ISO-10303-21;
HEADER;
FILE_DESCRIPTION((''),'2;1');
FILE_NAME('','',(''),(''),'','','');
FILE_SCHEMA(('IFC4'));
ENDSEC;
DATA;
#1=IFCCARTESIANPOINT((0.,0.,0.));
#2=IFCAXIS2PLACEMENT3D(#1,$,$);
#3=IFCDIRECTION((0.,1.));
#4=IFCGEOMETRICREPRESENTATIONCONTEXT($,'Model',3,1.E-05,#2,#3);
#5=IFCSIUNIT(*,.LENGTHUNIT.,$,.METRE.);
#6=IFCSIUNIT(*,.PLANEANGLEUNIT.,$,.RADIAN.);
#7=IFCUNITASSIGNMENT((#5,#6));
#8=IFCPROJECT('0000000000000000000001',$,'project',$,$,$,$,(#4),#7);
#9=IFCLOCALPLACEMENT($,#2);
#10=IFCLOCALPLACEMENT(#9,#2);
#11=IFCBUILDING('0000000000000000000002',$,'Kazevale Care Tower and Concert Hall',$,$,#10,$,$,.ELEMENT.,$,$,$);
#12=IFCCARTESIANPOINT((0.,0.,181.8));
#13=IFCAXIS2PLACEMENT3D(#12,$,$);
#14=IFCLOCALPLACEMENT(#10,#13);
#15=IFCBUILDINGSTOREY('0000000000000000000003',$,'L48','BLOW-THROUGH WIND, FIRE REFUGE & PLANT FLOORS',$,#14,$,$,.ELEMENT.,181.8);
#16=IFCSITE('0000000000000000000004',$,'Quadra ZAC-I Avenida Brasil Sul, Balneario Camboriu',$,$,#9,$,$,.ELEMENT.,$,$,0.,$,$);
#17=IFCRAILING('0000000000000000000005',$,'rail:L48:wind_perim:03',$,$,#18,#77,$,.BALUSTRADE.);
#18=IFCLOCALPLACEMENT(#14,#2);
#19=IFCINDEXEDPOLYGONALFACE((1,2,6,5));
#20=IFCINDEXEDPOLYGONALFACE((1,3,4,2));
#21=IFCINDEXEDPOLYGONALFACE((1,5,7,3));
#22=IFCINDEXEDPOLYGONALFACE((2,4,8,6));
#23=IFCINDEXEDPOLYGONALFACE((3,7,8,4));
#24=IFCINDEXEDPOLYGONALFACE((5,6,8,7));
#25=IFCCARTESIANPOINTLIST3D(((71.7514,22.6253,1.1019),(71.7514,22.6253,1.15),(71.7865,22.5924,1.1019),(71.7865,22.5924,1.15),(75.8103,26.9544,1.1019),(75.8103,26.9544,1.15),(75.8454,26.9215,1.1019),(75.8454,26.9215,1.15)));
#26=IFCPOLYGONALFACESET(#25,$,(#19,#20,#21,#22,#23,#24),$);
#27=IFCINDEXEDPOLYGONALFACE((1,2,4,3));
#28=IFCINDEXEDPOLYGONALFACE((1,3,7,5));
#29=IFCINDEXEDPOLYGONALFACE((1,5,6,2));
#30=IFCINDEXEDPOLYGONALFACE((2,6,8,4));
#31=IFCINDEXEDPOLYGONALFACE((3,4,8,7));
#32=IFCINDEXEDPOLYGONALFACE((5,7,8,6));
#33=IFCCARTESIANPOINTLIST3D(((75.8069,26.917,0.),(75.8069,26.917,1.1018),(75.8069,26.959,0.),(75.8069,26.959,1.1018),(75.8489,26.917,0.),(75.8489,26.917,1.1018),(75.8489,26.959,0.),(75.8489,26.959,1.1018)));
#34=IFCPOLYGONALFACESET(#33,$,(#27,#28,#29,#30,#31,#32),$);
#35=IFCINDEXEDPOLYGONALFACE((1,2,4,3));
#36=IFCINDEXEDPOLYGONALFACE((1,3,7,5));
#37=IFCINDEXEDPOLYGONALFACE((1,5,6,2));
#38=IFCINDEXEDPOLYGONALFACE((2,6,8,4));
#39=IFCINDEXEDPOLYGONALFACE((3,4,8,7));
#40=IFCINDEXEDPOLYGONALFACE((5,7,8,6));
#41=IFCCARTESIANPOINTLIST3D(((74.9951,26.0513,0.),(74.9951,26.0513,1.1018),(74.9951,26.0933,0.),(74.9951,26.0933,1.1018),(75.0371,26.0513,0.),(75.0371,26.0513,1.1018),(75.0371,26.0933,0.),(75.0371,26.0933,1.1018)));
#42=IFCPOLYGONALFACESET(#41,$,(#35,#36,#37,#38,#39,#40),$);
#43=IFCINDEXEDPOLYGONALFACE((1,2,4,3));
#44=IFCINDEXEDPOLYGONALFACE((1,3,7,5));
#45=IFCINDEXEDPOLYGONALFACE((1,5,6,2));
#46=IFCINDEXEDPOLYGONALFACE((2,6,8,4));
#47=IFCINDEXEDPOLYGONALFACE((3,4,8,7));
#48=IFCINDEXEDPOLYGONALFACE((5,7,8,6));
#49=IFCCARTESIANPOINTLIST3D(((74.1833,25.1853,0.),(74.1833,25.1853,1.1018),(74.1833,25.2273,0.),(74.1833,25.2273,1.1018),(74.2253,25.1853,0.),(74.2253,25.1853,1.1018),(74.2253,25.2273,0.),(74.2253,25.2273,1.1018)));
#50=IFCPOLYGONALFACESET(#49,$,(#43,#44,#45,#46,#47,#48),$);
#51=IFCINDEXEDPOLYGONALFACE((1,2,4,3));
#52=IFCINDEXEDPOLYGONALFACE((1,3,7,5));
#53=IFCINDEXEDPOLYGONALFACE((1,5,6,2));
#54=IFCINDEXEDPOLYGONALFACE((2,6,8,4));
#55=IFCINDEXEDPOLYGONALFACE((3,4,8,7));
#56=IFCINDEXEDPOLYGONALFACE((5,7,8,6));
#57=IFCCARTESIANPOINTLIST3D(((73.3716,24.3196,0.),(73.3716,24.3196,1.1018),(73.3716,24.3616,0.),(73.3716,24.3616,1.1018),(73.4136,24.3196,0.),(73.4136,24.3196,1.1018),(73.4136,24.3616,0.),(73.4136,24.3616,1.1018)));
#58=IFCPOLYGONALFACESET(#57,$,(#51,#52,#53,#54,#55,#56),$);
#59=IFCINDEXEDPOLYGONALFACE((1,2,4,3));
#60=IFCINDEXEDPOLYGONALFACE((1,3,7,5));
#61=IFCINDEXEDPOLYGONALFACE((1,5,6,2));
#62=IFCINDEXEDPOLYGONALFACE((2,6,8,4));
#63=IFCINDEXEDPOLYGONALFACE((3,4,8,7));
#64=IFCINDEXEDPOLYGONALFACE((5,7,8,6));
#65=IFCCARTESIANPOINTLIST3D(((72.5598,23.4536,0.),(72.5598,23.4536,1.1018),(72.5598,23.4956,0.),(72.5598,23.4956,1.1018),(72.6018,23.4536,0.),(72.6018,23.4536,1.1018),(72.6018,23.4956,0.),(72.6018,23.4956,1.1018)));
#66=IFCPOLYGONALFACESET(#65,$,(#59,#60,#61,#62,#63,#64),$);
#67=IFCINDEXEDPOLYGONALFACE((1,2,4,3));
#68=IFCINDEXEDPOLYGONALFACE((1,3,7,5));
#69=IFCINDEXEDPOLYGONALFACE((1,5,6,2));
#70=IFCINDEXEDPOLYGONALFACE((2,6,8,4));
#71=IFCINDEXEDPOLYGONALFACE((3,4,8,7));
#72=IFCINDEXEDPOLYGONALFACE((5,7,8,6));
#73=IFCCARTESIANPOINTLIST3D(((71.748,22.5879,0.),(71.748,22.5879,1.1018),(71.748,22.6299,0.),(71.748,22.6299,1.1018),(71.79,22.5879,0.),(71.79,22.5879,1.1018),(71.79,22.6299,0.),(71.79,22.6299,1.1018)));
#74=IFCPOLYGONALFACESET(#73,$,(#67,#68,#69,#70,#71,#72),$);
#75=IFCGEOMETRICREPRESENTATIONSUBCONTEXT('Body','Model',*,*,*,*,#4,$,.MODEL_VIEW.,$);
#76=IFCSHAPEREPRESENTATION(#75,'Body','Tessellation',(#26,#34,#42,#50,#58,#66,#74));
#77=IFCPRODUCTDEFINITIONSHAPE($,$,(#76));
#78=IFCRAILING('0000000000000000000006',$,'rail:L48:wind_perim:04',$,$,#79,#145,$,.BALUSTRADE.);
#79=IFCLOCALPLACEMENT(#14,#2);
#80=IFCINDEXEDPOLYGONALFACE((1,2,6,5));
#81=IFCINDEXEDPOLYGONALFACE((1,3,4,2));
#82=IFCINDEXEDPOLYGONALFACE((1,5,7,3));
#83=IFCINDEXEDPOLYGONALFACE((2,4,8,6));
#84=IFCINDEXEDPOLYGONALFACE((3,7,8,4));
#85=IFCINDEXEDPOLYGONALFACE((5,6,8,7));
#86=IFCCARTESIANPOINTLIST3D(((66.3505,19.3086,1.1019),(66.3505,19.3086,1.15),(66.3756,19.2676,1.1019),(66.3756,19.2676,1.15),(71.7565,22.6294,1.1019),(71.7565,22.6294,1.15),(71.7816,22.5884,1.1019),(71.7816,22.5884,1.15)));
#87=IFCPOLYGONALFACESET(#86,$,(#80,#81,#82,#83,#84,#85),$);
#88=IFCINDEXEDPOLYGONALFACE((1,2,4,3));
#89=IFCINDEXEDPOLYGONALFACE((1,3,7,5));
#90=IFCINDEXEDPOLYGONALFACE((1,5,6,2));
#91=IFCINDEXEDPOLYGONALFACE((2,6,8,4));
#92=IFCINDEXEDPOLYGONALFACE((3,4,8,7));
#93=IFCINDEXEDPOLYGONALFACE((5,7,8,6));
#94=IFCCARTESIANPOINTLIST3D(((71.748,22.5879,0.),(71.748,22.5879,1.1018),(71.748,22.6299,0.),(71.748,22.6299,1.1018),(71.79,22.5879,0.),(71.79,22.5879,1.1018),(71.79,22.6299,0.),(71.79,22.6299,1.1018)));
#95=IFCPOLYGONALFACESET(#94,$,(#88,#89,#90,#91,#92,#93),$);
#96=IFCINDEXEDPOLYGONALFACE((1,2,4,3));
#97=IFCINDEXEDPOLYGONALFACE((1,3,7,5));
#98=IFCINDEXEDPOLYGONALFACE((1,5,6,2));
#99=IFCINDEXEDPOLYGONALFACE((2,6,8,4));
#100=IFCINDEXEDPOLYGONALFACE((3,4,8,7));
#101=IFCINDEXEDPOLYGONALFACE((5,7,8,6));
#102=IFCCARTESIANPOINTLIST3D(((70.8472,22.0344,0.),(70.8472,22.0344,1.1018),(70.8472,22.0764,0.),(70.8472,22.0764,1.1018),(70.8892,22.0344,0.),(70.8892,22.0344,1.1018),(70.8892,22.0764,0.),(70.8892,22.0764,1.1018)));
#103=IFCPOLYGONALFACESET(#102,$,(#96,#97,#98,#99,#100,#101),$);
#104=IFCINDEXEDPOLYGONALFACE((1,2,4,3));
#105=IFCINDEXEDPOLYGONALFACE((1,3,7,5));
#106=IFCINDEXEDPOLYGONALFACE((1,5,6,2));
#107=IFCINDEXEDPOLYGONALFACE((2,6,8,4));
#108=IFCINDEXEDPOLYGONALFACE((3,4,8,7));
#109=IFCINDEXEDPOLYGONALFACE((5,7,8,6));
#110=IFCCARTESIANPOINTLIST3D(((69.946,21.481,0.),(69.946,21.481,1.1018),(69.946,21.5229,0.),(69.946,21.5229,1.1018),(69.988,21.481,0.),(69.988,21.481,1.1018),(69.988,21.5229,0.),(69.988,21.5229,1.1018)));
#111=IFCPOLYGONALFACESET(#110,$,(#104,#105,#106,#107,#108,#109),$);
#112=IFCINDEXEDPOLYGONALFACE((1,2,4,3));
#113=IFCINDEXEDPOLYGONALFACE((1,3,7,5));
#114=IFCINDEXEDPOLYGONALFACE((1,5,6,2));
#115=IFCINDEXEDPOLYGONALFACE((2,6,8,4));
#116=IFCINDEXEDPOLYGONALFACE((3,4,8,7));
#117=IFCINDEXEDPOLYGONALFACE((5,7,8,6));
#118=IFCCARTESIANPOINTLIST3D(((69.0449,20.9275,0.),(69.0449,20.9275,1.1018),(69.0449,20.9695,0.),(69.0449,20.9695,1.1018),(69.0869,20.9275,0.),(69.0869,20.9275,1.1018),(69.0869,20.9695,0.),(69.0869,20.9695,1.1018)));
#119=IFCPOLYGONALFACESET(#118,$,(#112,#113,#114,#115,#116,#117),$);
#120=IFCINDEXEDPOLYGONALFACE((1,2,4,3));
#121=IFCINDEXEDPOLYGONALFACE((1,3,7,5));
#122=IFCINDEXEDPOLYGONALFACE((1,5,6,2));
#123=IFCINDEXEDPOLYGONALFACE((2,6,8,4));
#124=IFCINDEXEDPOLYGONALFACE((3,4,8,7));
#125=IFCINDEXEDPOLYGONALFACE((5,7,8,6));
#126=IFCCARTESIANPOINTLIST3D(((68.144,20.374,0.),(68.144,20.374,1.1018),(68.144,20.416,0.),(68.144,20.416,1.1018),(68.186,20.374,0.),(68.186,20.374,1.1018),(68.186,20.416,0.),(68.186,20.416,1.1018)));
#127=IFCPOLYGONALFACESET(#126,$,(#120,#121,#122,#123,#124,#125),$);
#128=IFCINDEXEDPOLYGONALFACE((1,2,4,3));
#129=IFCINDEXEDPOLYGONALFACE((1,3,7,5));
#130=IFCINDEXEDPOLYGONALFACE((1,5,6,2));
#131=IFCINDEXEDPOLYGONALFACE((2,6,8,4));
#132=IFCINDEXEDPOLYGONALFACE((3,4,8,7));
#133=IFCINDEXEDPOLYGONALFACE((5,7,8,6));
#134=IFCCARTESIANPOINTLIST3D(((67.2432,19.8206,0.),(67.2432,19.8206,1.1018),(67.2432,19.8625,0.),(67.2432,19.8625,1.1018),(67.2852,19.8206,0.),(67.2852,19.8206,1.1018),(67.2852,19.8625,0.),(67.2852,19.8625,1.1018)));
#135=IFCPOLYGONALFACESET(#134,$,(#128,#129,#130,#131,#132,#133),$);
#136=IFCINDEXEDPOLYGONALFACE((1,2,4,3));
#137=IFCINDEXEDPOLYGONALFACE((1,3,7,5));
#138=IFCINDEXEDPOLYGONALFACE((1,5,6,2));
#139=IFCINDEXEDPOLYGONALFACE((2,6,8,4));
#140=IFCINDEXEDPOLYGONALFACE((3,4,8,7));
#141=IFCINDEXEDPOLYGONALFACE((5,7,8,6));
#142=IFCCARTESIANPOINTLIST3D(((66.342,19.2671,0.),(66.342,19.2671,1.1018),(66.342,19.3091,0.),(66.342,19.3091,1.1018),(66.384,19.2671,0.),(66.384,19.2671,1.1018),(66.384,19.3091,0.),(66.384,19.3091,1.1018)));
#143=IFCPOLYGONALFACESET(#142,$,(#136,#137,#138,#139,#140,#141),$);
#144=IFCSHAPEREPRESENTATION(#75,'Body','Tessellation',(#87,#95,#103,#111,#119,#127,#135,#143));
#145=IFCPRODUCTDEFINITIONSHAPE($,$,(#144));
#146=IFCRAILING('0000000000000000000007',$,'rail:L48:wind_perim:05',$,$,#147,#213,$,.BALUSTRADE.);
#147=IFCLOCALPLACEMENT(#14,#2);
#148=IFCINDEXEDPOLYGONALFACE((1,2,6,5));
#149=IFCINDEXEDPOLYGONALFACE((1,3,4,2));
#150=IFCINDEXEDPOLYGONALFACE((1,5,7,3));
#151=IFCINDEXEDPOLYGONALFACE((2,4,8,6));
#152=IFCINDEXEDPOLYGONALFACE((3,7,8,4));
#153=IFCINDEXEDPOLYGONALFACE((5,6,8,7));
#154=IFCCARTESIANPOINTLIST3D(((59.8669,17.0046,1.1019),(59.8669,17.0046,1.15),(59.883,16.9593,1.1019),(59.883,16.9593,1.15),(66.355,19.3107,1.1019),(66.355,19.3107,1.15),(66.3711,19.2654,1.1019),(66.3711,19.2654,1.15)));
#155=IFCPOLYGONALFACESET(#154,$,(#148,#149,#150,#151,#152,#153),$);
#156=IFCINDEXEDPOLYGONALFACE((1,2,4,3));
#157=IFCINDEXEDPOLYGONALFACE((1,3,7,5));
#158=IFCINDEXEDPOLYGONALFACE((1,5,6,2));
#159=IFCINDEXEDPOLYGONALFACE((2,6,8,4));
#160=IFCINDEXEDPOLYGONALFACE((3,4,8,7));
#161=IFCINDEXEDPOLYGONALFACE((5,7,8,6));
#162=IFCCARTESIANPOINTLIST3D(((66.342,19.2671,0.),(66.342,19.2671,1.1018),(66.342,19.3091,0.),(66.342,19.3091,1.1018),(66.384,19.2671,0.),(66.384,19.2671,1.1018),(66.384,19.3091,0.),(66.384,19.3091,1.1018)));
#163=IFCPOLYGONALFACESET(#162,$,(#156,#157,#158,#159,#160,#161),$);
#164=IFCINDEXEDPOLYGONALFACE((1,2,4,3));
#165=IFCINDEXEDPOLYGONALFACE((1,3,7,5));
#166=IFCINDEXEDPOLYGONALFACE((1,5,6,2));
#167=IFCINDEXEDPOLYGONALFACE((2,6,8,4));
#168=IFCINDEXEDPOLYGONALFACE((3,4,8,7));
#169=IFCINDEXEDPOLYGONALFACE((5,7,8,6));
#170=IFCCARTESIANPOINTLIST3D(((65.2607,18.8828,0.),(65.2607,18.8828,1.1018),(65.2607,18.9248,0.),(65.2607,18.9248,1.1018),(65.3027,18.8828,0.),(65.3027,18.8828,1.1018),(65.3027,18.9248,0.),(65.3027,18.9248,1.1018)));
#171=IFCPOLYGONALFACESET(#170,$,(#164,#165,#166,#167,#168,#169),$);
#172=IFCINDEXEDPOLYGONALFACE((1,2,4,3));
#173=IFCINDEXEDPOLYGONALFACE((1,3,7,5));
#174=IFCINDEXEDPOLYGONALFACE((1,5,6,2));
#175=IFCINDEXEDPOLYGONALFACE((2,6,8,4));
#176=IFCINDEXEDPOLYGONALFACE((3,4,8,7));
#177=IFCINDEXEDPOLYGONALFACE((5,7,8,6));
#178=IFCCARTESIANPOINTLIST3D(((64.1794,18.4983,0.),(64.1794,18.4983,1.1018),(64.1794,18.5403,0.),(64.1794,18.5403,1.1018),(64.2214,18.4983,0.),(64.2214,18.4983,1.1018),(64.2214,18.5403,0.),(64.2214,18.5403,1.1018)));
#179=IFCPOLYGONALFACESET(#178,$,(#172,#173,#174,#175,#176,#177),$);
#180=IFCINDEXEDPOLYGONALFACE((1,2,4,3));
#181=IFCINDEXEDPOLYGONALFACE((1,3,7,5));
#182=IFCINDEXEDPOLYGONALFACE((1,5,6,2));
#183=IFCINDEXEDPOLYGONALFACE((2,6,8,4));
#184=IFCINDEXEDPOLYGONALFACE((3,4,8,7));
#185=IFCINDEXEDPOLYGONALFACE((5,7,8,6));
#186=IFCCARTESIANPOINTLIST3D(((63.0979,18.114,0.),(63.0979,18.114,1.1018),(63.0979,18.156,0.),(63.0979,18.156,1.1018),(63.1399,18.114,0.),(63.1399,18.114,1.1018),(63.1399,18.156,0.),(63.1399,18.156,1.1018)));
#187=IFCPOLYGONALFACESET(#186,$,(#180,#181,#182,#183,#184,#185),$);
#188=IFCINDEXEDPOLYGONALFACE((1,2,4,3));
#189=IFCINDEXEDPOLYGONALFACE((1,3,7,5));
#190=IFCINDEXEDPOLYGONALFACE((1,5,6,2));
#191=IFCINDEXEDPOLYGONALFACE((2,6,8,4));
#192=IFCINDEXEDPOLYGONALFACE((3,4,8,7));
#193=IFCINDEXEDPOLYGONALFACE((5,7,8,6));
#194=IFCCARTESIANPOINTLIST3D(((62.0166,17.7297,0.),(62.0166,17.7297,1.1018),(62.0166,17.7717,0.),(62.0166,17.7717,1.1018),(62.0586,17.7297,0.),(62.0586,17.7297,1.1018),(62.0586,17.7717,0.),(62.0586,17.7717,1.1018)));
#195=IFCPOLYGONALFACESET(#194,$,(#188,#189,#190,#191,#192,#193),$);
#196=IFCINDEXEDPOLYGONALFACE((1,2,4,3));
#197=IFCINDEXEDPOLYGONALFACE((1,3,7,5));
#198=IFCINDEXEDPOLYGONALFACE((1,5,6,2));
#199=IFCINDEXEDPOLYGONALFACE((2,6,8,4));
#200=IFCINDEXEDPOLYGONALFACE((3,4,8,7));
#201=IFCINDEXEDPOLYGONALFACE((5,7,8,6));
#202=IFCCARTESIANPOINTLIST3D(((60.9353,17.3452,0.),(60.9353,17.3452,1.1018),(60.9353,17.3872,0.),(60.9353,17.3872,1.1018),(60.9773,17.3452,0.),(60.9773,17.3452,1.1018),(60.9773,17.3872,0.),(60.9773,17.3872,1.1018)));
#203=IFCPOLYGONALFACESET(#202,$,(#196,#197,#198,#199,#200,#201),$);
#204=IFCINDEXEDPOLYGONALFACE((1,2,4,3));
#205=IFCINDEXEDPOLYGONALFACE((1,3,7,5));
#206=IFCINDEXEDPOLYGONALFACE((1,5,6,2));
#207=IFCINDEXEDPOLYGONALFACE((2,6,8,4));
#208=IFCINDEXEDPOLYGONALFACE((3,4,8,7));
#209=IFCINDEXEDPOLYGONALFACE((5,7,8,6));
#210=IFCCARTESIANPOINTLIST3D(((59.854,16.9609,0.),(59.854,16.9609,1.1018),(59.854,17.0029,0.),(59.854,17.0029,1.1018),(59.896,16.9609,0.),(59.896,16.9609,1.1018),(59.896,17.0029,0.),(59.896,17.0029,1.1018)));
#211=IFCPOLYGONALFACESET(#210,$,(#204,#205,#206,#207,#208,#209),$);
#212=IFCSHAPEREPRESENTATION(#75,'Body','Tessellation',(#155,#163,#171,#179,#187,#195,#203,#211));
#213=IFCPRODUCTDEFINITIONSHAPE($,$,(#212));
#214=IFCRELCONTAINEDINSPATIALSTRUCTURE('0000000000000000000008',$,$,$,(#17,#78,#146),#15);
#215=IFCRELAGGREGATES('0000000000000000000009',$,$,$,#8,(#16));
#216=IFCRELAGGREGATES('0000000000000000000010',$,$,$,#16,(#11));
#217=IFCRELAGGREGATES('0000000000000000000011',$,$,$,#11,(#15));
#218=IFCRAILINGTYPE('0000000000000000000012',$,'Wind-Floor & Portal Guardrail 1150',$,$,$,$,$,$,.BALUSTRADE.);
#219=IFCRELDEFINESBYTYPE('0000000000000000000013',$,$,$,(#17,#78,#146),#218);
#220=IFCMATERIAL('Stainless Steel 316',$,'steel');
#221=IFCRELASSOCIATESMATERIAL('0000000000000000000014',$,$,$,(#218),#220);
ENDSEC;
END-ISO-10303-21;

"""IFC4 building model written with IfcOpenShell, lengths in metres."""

from ifc_helpers import new_model, si_unit, direction, frame, origin, origin_2d, place, context, subcontext, project, spatial, rectangle, extrude, material, type_object, element, save


model = new_model("IFC4")

# Units and contexts
model_context = context("Model", 3, precision=1e-05, world=origin(), true_north=direction((0.0, 1.0)))
body_context = subcontext(model_context, "Body", "Model", "MODEL_VIEW")
ifc_project = project(units=[si_unit("LENGTHUNIT", "METRE"), si_unit("PLANEANGLEUNIT", "RADIAN")], contexts=[model_context])

# Site, building, storey
site_placement = place(None, origin())
site = spatial("IfcSite", under=ifc_project, at=site_placement, Name="Quadra ZAC-I Avenida Brasil Sul, Balneario Camboriu", CompositionType="ELEMENT", RefElevation=0.0)
building_placement = place(site_placement, origin())
building = spatial("IfcBuilding", under=site, at=building_placement, Name="Kazevale Care Tower and Concert Hall", CompositionType="ELEMENT")
storey_placement = place(building_placement, frame((0.0, 0.0, 181.8)))
storey = spatial("IfcBuildingStorey", under=building, at=storey_placement, Name="L48", Description="BLOW-THROUGH WIND, FIRE REFUGE & PLANT FLOORS", CompositionType="ELEMENT", Elevation=181.8)

# Railings
ifc_material_1 = material(Name="Stainless Steel 316", Category="steel")
railing_type = type_object("IfcRailingType", Name="Wind-Floor & Portal Guardrail 1150", PredefinedType="BALUSTRADE", material=ifc_material_1)
railing_1_placement = place(storey_placement, frame((75.8279, 26.938, 0.0)))
element("IfcRailing", 1, at=railing_1_placement, inside=storey, type_object=railing_type, Name="rail:L48:wind_perim:03", PredefinedType="BALUSTRADE", context=body_context, shape_type="SweptSolid", body=[
    extrude(rectangle(XDim=0.0481, YDim=0.0481, at=origin_2d()), frame((0.0, 0.0, 1.126), z_axis=(-0.683968, -0.729512, 0.0), x_axis=(0.729512, -0.683968, 0.0)), (0.0, 0.0, 1.0), 5.9343),
    extrude(rectangle(XDim=0.042, YDim=0.042, at=origin_2d()), origin(), (0.0, 0.0, 1.0), 1.1018),
    extrude(rectangle(XDim=0.042, YDim=0.042, at=origin_2d()), frame((-0.8118, -0.8657, 0.0)), (0.0, 0.0, 1.0), 1.1018),
    extrude(rectangle(XDim=0.042, YDim=0.042, at=origin_2d()), frame((-1.6235, -1.7317, 0.0)), (0.0, 0.0, 1.0), 1.1018),
    extrude(rectangle(XDim=0.042, YDim=0.042, at=origin_2d()), frame((-2.4353, -2.5974, 0.0)), (0.0, 0.0, 1.0), 1.1018),
    extrude(rectangle(XDim=0.042, YDim=0.042, at=origin_2d()), frame((-3.2471, -3.4634, 0.0)), (0.0, 0.0, 1.0), 1.1018),
    extrude(rectangle(XDim=0.042, YDim=0.042, at=origin_2d()), frame((-4.0588, -4.3291, 0.0)), (0.0, 0.0, 1.0), 1.1018),
])
railing_2_placement = place(storey_placement, frame((71.769, 22.6089, 0.0)))
element("IfcRailing", 2, at=railing_2_placement, inside=storey, type_object=railing_type, Name="rail:L48:wind_perim:04", PredefinedType="BALUSTRADE", context=body_context, shape_type="SweptSolid", body=[
    extrude(rectangle(XDim=0.0481, YDim=0.0481, at=origin_2d()), frame((0.0, 0.0, 1.126), z_axis=(-0.852078, -0.523415, 0.0), x_axis=(0.523415, -0.852078, 0.0)), (0.0, 0.0, 1.0), 6.3445),
    extrude(rectangle(XDim=0.042, YDim=0.042, at=origin_2d()), origin(), (0.0, 0.0, 1.0), 1.1018),
    extrude(rectangle(XDim=0.042, YDim=0.042, at=origin_2d()), frame((-0.9009, -0.5535, 0.0)), (0.0, 0.0, 1.0), 1.1018),
    extrude(rectangle(XDim=0.042, YDim=0.042, at=origin_2d()), frame((-1.802, -1.1069, 0.0)), (0.0, 0.0, 1.0), 1.1018),
    extrude(rectangle(XDim=0.042, YDim=0.042, at=origin_2d()), frame((-2.7031, -1.6604, 0.0)), (0.0, 0.0, 1.0), 1.1018),
    extrude(rectangle(XDim=0.042, YDim=0.042, at=origin_2d()), frame((-3.604, -2.2139, 0.0)), (0.0, 0.0, 1.0), 1.1018),
    extrude(rectangle(XDim=0.042, YDim=0.042, at=origin_2d()), frame((-4.5049, -2.7673, 0.0)), (0.0, 0.0, 1.0), 1.1018),
    extrude(rectangle(XDim=0.042, YDim=0.042, at=origin_2d()), frame((-5.406, -3.3208, 0.0)), (0.0, 0.0, 1.0), 1.1018),
])
railing_3_placement = place(storey_placement, frame((66.363, 19.2881, 0.0)))
element("IfcRailing", 3, at=railing_3_placement, inside=storey, type_object=railing_type, Name="rail:L48:wind_perim:05", PredefinedType="BALUSTRADE", context=body_context, shape_type="SweptSolid", body=[
    extrude(rectangle(XDim=0.0481, YDim=0.0481, at=origin_2d()), frame((0.0, 0.0, 1.126), z_axis=(-0.942247, -0.334919, 0.0), x_axis=(0.334919, -0.942247, 0.0)), (0.0, 0.0, 1.0), 6.8857),
    extrude(rectangle(XDim=0.042, YDim=0.042, at=origin_2d()), origin(), (0.0, 0.0, 1.0), 1.1018),
    extrude(rectangle(XDim=0.042, YDim=0.042, at=origin_2d()), frame((-1.0813, -0.3843, 0.0)), (0.0, 0.0, 1.0), 1.1018),
    extrude(rectangle(XDim=0.042, YDim=0.042, at=origin_2d()), frame((-2.1626, -0.7688, 0.0)), (0.0, 0.0, 1.0), 1.1018),
    extrude(rectangle(XDim=0.042, YDim=0.042, at=origin_2d()), frame((-3.2441, -1.1531, 0.0)), (0.0, 0.0, 1.0), 1.1018),
    extrude(rectangle(XDim=0.042, YDim=0.042, at=origin_2d()), frame((-4.3254, -1.5374, 0.0)), (0.0, 0.0, 1.0), 1.1018),
    extrude(rectangle(XDim=0.042, YDim=0.042, at=origin_2d()), frame((-5.4067, -1.9219, 0.0)), (0.0, 0.0, 1.0), 1.1018),
    extrude(rectangle(XDim=0.042, YDim=0.042, at=origin_2d()), frame((-6.488, -2.3062, 0.0)), (0.0, 0.0, 1.0), 1.1018),
])

save(model, "model.ifc")
